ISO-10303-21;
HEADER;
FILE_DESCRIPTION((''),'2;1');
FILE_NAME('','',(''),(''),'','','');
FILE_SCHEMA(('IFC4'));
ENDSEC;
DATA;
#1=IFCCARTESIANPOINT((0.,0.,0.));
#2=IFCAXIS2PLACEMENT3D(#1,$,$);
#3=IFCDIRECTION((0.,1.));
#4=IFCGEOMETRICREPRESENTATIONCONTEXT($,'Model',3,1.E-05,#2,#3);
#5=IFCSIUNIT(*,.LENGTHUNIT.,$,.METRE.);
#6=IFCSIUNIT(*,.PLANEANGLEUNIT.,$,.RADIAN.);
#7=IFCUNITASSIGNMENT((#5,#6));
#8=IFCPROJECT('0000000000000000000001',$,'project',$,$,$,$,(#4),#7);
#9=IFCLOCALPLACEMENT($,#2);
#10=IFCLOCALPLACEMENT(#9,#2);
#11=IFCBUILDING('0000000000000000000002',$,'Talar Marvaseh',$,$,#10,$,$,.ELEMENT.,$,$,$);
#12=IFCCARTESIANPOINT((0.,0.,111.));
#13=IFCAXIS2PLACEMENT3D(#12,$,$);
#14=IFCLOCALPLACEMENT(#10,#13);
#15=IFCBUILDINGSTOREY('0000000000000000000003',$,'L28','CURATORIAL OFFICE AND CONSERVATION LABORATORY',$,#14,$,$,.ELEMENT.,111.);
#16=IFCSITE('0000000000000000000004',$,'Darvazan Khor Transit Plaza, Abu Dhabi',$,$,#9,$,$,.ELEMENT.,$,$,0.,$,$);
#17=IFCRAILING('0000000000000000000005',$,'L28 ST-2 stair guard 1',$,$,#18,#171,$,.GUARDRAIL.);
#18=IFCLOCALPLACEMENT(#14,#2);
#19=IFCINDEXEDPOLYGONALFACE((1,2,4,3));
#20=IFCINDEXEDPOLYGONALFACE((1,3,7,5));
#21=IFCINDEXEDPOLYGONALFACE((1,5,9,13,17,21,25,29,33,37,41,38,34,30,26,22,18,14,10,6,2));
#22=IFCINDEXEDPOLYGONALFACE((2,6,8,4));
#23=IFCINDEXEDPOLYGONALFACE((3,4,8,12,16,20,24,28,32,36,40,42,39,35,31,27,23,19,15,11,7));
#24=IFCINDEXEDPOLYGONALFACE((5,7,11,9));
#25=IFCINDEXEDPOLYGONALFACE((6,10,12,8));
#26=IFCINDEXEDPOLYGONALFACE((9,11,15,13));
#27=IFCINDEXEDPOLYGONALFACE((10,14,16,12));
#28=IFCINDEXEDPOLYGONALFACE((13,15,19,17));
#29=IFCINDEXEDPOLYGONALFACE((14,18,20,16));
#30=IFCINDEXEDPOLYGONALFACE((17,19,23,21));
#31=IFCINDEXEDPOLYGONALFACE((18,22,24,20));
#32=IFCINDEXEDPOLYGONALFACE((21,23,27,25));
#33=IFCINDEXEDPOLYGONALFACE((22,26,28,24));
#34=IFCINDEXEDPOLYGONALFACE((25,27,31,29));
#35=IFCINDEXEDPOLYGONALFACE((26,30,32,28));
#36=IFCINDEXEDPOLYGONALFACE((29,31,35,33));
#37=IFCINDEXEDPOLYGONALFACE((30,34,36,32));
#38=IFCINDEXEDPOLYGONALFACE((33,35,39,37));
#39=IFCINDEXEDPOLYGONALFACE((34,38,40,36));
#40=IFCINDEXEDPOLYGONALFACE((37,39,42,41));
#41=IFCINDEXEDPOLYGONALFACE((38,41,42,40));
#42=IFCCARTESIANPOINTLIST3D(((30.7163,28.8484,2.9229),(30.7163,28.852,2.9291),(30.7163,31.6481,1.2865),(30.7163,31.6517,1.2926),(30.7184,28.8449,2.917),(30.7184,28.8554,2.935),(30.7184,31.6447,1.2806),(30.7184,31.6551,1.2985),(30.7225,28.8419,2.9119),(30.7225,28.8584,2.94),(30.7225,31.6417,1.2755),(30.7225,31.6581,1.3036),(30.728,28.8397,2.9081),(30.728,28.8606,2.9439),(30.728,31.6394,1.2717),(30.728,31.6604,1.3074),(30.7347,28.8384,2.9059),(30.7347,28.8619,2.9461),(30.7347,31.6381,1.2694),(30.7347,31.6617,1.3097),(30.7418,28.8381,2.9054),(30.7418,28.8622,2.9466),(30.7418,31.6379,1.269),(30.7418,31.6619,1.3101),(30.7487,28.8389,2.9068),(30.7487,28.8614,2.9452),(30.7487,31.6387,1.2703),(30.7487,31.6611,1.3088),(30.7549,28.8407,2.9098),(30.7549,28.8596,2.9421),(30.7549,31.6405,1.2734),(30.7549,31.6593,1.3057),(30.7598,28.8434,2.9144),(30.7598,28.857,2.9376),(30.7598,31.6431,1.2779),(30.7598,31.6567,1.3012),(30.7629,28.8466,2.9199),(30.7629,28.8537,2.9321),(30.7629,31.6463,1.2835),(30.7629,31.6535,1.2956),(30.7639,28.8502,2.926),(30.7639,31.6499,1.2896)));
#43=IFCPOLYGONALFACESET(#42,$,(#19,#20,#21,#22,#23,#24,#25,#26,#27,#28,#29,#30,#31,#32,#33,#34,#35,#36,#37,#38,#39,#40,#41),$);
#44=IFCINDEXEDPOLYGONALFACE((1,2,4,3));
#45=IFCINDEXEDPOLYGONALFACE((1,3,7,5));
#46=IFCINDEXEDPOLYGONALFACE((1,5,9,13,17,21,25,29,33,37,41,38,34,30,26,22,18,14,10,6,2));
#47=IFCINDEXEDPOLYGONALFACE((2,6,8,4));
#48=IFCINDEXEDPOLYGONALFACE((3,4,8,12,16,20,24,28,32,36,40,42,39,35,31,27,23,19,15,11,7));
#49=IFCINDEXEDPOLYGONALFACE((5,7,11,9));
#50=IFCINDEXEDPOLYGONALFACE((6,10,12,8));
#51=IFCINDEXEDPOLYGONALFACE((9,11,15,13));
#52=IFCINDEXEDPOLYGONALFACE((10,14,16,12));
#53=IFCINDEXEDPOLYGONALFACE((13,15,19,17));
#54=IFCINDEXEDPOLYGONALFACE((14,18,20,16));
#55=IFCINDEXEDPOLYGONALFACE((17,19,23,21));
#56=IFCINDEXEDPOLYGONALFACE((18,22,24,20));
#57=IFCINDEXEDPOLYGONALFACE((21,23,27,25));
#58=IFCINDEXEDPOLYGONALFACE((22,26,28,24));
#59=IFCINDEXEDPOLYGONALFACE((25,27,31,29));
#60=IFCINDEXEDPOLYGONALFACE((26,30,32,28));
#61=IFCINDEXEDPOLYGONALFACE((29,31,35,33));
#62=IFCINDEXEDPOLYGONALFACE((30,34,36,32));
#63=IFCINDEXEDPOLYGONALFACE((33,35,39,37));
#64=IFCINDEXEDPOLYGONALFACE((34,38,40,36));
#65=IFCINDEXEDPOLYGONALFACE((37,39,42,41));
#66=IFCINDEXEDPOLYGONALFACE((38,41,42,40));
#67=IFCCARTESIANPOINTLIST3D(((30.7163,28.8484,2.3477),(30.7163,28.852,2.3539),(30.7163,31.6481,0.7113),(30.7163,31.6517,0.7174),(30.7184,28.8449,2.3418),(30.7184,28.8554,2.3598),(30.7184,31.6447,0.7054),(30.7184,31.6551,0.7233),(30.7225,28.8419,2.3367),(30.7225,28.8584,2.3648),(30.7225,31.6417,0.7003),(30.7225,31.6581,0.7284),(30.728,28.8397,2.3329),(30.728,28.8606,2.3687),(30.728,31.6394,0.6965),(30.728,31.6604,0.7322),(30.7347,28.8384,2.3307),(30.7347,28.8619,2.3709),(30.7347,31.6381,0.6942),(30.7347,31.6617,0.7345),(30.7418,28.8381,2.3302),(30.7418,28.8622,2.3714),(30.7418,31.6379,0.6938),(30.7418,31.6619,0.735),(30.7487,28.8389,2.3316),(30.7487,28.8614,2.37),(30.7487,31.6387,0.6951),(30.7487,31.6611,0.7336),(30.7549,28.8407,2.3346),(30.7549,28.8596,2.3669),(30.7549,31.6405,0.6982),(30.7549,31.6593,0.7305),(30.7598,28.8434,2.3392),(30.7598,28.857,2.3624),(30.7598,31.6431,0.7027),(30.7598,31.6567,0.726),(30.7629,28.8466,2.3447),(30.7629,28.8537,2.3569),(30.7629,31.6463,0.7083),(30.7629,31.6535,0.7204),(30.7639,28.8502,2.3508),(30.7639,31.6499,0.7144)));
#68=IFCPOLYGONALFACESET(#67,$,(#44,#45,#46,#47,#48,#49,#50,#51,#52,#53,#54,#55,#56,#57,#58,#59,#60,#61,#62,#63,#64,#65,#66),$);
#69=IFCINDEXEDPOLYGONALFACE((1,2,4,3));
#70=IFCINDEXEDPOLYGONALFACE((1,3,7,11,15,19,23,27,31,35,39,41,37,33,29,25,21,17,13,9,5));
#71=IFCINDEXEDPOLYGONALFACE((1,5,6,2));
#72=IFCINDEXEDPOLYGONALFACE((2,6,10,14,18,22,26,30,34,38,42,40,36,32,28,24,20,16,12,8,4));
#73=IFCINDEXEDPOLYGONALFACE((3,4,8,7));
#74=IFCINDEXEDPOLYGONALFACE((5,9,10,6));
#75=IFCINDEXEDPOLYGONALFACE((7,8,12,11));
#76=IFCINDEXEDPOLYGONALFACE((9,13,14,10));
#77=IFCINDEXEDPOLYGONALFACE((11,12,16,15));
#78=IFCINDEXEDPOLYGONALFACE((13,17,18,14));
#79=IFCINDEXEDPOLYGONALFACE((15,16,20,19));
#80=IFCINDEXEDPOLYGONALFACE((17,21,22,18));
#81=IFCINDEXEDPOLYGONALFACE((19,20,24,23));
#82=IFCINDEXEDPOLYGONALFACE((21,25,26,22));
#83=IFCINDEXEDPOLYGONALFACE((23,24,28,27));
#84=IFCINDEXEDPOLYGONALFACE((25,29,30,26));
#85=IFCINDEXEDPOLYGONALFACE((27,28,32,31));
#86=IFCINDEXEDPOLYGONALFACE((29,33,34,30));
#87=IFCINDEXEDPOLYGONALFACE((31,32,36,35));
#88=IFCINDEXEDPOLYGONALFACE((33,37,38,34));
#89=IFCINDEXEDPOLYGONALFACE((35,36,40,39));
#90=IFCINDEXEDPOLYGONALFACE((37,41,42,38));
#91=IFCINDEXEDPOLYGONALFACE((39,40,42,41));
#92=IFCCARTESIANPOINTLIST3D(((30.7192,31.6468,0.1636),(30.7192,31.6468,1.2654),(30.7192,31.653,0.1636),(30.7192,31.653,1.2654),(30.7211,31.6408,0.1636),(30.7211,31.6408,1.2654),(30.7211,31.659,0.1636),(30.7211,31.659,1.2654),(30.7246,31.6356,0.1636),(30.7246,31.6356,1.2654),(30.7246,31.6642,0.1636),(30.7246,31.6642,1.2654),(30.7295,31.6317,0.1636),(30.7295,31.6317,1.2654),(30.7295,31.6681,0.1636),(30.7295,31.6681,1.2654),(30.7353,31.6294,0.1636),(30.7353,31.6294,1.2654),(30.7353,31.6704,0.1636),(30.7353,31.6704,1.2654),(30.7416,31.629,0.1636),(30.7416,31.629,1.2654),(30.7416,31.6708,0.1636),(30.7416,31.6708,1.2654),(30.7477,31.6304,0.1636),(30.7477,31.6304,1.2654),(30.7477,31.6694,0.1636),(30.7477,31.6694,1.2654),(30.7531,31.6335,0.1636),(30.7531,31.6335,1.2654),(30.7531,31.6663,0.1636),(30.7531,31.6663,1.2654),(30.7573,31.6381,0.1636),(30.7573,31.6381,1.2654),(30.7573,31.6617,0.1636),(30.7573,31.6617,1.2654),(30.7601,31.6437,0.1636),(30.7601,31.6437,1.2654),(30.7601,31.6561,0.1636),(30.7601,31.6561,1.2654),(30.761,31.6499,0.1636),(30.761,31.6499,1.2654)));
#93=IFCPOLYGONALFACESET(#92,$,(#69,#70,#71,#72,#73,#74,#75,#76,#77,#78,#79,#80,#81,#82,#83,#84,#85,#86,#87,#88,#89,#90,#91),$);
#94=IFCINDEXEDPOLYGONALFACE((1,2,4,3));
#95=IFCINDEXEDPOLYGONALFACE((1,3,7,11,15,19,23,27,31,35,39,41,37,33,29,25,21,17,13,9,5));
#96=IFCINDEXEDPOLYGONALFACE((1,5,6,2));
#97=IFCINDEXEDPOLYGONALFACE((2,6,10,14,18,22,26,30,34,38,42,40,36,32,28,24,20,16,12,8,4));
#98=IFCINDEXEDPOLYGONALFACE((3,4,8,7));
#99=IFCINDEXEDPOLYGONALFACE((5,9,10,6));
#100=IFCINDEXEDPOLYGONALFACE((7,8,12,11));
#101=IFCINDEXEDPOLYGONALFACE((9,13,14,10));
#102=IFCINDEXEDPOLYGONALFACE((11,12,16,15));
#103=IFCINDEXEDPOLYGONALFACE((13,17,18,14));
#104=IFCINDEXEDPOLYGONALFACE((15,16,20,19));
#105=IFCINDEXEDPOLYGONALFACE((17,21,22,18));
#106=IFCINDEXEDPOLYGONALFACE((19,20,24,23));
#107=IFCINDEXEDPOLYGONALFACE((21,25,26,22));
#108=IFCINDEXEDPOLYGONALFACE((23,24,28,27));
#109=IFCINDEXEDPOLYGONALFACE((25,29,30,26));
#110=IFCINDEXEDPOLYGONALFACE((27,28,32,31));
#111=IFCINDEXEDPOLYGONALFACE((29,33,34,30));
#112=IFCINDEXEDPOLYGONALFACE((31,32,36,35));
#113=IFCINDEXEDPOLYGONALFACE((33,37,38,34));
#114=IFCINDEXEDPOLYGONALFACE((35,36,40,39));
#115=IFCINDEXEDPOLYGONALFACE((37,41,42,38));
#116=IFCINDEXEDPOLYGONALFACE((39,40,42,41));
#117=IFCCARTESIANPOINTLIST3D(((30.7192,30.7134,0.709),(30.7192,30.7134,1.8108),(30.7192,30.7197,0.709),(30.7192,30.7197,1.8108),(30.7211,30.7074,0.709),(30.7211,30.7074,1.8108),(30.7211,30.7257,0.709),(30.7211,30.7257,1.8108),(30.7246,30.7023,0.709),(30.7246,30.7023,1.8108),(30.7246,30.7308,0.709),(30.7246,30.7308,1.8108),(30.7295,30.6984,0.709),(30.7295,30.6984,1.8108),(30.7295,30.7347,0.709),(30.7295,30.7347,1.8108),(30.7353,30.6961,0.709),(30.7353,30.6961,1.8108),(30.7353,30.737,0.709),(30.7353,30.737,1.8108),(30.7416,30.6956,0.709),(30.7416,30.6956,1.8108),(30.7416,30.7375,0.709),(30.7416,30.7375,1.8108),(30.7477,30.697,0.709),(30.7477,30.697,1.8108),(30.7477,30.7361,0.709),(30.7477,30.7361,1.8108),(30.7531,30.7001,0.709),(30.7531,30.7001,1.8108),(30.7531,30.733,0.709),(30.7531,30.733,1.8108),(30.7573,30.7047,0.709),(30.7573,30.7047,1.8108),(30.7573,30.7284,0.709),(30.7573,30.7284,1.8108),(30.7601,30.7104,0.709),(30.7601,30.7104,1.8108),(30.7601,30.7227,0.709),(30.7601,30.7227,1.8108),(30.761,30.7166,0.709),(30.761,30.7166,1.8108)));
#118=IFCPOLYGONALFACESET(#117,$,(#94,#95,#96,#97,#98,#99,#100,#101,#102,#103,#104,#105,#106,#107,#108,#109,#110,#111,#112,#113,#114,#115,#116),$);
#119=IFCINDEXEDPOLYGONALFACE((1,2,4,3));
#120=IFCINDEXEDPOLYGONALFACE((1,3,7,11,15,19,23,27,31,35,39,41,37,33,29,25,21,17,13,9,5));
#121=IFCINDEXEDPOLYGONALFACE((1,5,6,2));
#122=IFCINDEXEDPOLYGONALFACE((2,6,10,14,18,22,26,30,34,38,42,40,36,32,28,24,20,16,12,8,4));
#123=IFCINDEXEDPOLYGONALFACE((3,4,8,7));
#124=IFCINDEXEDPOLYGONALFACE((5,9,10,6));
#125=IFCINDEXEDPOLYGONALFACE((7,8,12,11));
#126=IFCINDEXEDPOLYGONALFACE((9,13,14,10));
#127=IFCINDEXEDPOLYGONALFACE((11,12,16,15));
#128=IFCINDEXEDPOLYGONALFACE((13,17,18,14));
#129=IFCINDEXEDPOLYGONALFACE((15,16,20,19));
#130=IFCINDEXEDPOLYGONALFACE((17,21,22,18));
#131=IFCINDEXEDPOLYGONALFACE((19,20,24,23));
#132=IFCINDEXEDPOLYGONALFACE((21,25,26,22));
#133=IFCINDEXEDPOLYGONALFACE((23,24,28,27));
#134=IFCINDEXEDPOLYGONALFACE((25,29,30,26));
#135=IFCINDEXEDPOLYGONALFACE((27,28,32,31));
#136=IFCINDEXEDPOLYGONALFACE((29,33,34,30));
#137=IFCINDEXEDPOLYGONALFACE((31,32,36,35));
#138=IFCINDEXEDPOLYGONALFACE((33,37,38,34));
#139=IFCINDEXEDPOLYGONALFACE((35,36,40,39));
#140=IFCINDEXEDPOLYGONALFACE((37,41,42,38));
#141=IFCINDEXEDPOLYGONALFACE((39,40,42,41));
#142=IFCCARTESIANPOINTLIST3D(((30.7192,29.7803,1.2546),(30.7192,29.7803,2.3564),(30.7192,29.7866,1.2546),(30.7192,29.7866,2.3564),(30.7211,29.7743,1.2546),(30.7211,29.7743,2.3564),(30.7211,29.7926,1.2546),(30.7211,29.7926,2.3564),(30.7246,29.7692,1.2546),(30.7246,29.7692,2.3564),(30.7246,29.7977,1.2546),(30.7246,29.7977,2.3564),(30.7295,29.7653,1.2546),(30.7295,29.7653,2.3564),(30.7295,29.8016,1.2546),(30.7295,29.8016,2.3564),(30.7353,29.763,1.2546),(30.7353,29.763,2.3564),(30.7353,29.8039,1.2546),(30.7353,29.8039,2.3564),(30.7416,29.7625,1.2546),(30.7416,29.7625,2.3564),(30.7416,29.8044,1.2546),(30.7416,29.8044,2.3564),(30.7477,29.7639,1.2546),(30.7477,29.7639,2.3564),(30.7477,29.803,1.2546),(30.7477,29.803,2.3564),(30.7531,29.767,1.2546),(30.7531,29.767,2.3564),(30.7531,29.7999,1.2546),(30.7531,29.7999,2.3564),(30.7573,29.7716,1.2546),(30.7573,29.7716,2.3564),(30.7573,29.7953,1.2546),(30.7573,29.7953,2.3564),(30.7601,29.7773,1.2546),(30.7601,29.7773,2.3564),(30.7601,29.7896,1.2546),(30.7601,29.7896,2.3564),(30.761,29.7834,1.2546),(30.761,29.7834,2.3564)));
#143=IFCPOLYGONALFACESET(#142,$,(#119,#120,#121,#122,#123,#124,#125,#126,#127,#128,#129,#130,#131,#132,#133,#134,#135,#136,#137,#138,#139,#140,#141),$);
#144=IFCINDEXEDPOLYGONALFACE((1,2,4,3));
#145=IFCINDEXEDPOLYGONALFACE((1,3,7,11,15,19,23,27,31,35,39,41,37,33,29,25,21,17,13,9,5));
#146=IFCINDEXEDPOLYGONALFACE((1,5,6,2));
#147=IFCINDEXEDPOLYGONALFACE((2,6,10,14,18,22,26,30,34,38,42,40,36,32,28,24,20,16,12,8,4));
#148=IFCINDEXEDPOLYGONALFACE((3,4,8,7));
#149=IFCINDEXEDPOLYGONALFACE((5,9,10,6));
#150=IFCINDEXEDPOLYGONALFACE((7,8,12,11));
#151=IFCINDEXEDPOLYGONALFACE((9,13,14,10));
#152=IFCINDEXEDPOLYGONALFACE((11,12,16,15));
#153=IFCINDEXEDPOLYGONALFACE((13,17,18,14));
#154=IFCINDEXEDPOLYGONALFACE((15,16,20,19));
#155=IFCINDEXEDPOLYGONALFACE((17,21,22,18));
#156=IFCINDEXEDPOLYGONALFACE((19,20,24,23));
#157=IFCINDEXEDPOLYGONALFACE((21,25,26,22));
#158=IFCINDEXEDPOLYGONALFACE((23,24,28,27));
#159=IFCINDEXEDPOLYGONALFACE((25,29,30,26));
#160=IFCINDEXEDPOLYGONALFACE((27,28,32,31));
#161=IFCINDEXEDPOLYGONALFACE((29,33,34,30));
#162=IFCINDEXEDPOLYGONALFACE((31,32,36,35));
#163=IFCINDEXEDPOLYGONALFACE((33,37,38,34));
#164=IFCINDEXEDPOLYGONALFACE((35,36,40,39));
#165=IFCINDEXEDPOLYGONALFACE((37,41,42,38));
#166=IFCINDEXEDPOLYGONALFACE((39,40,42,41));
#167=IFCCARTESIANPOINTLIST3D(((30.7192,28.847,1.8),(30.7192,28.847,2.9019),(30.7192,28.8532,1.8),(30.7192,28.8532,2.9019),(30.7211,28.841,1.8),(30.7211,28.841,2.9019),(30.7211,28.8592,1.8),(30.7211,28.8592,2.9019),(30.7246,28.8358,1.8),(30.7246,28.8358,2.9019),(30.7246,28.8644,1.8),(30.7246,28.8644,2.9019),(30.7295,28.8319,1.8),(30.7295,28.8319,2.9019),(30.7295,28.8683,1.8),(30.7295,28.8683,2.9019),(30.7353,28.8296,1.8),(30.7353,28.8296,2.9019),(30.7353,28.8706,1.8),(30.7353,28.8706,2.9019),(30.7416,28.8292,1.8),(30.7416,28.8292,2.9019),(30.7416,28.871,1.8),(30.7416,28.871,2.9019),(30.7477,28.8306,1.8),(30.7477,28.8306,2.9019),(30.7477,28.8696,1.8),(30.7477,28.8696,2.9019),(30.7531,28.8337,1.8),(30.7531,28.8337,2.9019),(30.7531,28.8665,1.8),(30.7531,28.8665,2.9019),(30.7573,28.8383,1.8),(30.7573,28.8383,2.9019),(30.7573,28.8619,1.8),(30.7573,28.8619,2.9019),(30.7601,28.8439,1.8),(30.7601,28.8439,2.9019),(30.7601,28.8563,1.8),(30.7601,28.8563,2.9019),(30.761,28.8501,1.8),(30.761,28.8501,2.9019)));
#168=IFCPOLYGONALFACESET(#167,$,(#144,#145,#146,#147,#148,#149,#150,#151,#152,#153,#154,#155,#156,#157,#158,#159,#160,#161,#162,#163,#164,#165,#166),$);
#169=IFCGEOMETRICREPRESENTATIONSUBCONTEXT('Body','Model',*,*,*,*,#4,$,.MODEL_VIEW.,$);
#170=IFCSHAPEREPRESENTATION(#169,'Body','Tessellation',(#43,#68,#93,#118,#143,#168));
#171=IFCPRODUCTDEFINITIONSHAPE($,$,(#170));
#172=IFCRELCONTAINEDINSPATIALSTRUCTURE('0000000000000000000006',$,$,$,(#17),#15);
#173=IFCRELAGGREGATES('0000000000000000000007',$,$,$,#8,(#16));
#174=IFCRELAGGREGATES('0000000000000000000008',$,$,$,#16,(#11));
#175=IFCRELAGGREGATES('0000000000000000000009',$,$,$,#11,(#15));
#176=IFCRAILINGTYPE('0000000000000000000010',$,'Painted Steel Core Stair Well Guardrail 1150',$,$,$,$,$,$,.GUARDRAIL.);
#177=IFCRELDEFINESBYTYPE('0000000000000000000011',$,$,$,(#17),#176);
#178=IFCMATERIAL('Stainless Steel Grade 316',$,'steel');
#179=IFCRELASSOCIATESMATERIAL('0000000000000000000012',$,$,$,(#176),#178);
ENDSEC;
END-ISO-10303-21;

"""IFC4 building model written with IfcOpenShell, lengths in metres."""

from ifc_helpers import new_model, si_unit, direction, frame, origin, origin_2d, place, context, subcontext, project, spatial, circle, extrude, material, type_object, element, save


model = new_model("IFC4")

# Units and contexts
model_context = context("Model", 3, precision=1e-05, world=origin(), true_north=direction((0.0, 1.0)))
body_context = subcontext(model_context, "Body", "Model", "MODEL_VIEW")
ifc_project = project(units=[si_unit("LENGTHUNIT", "METRE"), si_unit("PLANEANGLEUNIT", "RADIAN")], contexts=[model_context])

# Site, building, storey
site_placement = place(None, origin())
site = spatial("IfcSite", under=ifc_project, at=site_placement, Name="Darvazan Khor Transit Plaza, Abu Dhabi", CompositionType="ELEMENT", RefElevation=0.0)
building_placement = place(site_placement, origin())
building = spatial("IfcBuilding", under=site, at=building_placement, Name="Talar Marvaseh", CompositionType="ELEMENT")
storey_placement = place(building_placement, frame((0.0, 0.0, 111.0)))
storey = spatial("IfcBuildingStorey", under=building, at=storey_placement, Name="L28", Description="CURATORIAL OFFICE AND CONSERVATION LABORATORY", CompositionType="ELEMENT", Elevation=111.0)

# Shared definitions
ifc_material_1 = material(Name="Stainless Steel Grade 316", Category="steel")

# Railing
railing_type_1 = type_object("IfcRailingType", Name="Painted Steel Core Stair Well Guardrail 1150", PredefinedType="GUARDRAIL", material=ifc_material_1)
railing_1_placement = place(storey_placement, frame((30.74, 31.6499, 0.1636)))
element("IfcRailing", 1, at=railing_1_placement, inside=storey, type_object=railing_type_1, Name="L28 ST-2 stair guard 1", PredefinedType="GUARDRAIL", context=body_context, shape_type="SweptSolid", body=[
    extrude(circle(Radius=0.0239, at=origin_2d()), frame((0.0, 0.0, 1.126), z_axis=(0.0, -0.863342, 0.50462), x_axis=(1.0, 0.0, 0.0)), (0.0, 0.0, 1.0), 3.2429),
    extrude(circle(Radius=0.0239, at=origin_2d()), frame((0.0, 0.0, 0.5508), z_axis=(0.0, -0.863342, 0.50462), x_axis=(1.0, 0.0, 0.0)), (0.0, 0.0, 1.0), 3.2429),
    extrude(circle(Radius=0.021, at=origin_2d()), origin(), (0.0, 0.0, 1.0), 1.1018),
    extrude(circle(Radius=0.021, at=origin_2d()), frame((0.0, -0.9333, 0.5454)), (0.0, 0.0, 1.0), 1.1018),
    extrude(circle(Radius=0.021, at=origin_2d()), frame((0.0, -1.8665, 1.0911)), (0.0, 0.0, 1.0), 1.1018),
    extrude(circle(Radius=0.021, at=origin_2d()), frame((0.0, -2.7998, 1.6365)), (0.0, 0.0, 1.0), 1.1018),
])

save(model, "model.ifc")
